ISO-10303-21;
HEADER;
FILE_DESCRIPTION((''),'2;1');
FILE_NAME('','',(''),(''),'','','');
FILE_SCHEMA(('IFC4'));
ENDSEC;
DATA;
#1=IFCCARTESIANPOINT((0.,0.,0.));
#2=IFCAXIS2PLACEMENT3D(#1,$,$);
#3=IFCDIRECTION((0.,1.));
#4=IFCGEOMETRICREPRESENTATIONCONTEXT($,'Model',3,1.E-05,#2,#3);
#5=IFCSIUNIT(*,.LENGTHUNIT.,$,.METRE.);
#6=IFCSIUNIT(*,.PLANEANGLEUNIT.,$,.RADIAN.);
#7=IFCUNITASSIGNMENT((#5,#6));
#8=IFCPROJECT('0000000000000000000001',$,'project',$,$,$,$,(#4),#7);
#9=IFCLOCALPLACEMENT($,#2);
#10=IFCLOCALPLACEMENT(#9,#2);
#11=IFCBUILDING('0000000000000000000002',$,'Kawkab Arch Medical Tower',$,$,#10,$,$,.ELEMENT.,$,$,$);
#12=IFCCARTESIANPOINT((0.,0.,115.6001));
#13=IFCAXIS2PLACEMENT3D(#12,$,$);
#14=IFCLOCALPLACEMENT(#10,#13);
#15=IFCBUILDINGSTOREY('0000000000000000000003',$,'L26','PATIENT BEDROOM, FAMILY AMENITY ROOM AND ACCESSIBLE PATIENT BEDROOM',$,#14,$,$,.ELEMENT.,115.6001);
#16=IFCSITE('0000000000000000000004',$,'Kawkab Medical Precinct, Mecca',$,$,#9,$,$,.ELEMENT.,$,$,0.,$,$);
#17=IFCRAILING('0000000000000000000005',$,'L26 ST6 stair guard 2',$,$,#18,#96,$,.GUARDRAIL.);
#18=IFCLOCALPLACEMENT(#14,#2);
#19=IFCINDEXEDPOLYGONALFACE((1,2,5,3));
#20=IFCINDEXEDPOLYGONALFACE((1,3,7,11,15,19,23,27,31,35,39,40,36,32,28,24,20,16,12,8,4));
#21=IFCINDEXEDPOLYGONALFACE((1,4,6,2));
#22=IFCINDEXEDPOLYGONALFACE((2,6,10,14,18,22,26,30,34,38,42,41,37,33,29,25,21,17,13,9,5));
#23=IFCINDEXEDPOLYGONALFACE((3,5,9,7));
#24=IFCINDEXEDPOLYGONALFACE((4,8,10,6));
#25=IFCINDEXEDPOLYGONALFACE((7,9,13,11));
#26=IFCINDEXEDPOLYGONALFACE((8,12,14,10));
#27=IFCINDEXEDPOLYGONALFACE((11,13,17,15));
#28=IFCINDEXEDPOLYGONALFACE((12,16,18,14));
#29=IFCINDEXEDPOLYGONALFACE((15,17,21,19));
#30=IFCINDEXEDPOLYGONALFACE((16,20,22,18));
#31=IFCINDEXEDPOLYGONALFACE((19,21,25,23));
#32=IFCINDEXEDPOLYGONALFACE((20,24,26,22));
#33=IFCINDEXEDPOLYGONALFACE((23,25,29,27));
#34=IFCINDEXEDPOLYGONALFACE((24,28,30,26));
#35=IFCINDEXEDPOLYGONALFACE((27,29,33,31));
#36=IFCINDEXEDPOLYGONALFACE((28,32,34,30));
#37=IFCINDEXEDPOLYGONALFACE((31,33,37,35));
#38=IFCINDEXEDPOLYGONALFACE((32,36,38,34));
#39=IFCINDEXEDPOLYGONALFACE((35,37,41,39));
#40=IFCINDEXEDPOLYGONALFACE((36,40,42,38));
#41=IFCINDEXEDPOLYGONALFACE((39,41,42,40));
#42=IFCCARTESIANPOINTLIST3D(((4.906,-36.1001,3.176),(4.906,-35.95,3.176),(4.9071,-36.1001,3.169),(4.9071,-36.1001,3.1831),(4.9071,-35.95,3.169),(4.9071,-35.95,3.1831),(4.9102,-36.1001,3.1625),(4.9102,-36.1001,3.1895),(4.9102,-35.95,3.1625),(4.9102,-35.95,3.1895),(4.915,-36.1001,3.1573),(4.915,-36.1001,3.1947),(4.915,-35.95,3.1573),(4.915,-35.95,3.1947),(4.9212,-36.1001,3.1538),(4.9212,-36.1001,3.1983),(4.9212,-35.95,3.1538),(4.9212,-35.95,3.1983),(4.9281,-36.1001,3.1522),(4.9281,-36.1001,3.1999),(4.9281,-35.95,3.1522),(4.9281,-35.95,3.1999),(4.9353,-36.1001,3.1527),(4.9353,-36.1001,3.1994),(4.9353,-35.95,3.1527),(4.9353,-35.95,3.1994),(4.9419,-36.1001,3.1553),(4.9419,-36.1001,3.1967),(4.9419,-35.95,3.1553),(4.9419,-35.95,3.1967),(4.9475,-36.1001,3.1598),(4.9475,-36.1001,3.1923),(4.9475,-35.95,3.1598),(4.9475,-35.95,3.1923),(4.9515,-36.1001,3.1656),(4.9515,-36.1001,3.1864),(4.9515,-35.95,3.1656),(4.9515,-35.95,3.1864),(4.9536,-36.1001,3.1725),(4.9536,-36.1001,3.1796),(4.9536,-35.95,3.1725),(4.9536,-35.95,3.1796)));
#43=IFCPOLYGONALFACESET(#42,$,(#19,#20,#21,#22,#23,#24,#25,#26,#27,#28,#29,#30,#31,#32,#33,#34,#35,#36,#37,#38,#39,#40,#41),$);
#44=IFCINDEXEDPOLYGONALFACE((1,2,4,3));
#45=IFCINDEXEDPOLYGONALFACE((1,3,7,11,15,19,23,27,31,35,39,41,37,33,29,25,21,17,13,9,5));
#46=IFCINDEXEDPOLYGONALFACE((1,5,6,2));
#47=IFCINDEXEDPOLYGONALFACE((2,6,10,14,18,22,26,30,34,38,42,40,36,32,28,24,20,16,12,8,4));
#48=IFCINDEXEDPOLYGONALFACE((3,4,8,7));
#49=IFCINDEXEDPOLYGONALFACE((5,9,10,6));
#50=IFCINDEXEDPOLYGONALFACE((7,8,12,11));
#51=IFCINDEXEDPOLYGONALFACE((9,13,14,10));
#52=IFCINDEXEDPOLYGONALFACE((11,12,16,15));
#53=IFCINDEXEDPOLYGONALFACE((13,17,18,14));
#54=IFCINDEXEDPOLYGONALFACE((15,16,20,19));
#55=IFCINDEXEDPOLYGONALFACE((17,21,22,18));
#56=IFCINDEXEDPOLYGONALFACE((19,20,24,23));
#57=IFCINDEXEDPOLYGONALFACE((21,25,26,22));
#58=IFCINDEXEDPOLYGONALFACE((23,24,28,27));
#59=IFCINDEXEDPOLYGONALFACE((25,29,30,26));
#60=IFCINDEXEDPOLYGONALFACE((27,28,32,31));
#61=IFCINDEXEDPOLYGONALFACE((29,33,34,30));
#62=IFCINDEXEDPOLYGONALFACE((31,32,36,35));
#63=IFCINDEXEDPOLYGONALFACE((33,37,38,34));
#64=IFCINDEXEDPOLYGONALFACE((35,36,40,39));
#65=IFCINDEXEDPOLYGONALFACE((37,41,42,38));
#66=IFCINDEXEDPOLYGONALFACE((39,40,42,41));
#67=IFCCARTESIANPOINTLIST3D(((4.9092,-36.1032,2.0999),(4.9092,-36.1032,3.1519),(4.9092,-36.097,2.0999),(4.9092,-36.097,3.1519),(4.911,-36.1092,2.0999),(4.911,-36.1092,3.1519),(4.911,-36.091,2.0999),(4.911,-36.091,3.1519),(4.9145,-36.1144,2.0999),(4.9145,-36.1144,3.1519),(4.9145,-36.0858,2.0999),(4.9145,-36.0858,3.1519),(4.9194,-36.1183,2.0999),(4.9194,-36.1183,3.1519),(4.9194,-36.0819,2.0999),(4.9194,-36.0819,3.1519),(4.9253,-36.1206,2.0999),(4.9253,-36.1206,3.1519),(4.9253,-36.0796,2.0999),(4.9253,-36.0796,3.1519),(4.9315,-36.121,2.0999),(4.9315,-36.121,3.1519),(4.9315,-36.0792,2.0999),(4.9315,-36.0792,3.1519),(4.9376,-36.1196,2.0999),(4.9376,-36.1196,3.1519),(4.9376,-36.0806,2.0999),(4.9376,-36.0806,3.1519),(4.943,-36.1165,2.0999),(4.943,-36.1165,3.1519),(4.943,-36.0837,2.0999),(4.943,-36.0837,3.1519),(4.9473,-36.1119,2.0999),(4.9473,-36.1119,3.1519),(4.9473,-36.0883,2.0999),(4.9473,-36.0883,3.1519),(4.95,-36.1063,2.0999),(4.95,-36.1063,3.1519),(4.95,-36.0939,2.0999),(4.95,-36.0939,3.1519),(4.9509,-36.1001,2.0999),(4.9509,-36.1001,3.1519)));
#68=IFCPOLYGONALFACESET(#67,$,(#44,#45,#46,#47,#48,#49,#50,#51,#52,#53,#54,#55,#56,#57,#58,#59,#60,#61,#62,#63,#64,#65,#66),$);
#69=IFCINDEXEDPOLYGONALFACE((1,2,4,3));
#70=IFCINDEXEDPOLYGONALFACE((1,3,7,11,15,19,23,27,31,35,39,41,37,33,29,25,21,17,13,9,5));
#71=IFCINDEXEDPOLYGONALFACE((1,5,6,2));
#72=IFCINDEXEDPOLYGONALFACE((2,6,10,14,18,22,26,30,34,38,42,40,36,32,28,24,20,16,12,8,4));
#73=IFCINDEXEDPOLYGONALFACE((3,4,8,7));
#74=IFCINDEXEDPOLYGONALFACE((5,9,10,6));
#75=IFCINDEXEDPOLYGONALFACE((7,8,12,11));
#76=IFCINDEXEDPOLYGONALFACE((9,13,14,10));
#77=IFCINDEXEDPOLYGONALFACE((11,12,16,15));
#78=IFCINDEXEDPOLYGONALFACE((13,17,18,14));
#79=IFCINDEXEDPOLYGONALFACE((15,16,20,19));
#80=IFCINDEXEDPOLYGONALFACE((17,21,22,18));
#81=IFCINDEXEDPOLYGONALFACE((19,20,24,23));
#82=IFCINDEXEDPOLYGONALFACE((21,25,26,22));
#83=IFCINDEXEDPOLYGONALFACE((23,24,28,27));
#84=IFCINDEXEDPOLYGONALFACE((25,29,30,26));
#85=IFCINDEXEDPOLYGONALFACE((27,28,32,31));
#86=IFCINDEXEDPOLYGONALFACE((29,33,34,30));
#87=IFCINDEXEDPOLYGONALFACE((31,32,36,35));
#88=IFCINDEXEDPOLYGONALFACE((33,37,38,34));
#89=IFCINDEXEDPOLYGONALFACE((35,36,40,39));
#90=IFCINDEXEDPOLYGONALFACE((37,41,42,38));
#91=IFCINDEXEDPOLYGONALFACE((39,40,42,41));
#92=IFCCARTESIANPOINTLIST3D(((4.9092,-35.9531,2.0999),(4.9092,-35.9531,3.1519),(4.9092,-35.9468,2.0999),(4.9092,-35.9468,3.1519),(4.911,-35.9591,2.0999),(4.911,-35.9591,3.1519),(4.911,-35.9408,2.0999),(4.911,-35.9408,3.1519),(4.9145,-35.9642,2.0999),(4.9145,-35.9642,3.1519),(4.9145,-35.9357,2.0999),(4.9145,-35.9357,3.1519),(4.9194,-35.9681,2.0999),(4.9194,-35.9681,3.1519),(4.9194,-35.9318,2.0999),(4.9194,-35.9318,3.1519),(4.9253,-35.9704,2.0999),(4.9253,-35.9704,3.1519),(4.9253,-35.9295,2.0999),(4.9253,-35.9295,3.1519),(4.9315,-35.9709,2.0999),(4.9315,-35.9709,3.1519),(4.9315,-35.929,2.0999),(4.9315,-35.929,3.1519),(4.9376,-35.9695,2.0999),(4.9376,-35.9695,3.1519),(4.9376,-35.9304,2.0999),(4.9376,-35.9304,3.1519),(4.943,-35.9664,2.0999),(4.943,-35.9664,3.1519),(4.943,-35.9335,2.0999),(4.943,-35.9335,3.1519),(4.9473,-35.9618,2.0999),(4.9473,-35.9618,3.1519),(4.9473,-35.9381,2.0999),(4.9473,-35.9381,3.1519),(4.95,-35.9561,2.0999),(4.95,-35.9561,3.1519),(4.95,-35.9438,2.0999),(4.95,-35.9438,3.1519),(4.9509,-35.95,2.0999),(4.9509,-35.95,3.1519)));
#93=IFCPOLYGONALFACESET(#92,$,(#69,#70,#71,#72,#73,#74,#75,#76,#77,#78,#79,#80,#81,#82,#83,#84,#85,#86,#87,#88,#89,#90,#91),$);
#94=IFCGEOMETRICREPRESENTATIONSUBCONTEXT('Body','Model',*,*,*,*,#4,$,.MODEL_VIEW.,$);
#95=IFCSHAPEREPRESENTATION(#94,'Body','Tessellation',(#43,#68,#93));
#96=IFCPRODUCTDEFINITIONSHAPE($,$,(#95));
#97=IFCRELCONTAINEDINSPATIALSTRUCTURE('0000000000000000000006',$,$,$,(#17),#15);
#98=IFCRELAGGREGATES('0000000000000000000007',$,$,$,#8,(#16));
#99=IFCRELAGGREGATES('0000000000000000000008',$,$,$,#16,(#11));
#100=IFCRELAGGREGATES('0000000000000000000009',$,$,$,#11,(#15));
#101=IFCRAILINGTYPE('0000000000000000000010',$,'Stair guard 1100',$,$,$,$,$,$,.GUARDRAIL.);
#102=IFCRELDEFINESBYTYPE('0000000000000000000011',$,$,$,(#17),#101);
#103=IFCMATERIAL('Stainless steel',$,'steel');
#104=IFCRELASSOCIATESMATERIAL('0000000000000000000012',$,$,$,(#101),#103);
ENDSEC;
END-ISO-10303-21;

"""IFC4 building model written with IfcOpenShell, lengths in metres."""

from ifc_helpers import new_model, si_unit, direction, frame, origin, origin_2d, place, context, subcontext, project, spatial, circle, extrude, material, type_object, element, save


model = new_model("IFC4")

# Units and contexts
model_context = context("Model", 3, precision=1e-05, world=origin(), true_north=direction((0.0, 1.0)))
body_context = subcontext(model_context, "Body", "Model", "MODEL_VIEW")
ifc_project = project(units=[si_unit("LENGTHUNIT", "METRE"), si_unit("PLANEANGLEUNIT", "RADIAN")], contexts=[model_context])

# Site, building, storey
site_placement = place(None, origin())
site = spatial("IfcSite", under=ifc_project, at=site_placement, Name="Kawkab Medical Precinct, Mecca", CompositionType="ELEMENT", RefElevation=0.0)
building_placement = place(site_placement, origin())
building = spatial("IfcBuilding", under=site, at=building_placement, Name="Kawkab Arch Medical Tower", CompositionType="ELEMENT")
storey_placement = place(building_placement, frame((0.0, 0.0, 115.6001)))
storey = spatial("IfcBuildingStorey", under=building, at=storey_placement, Name="L26", Description="PATIENT BEDROOM, FAMILY AMENITY ROOM AND ACCESSIBLE PATIENT BEDROOM", CompositionType="ELEMENT", Elevation=115.6001)

# Railing
ifc_material_1 = material(Name="Stainless steel", Category="steel")
railing_type = type_object("IfcRailingType", Name="Stair guard 1100", PredefinedType="GUARDRAIL", material=ifc_material_1)
railing_1_placement = place(storey_placement, frame((4.9299, -36.1001, 2.0999)))
element("IfcRailing", 1, at=railing_1_placement, inside=storey, type_object=railing_type, Name="L26 ST6 stair guard 2", PredefinedType="GUARDRAIL", context=body_context, shape_type="SweptSolid", body=[
    extrude(circle(Radius=0.0239, at=origin_2d()), frame((0.0, 0.0, 1.0762), z_axis=(0.0, 1.0, 0.0), x_axis=(-1.0, 0.0, 0.0)), (0.0, 0.0, 1.0), 0.1501),
    extrude(circle(Radius=0.021, at=origin_2d()), origin(), (0.0, 0.0, 1.0), 1.052),
    extrude(circle(Radius=0.021, at=origin_2d()), frame((0.0, 0.1501, 0.0)), (0.0, 0.0, 1.0), 1.052),
])

save(model, "model.ifc")
